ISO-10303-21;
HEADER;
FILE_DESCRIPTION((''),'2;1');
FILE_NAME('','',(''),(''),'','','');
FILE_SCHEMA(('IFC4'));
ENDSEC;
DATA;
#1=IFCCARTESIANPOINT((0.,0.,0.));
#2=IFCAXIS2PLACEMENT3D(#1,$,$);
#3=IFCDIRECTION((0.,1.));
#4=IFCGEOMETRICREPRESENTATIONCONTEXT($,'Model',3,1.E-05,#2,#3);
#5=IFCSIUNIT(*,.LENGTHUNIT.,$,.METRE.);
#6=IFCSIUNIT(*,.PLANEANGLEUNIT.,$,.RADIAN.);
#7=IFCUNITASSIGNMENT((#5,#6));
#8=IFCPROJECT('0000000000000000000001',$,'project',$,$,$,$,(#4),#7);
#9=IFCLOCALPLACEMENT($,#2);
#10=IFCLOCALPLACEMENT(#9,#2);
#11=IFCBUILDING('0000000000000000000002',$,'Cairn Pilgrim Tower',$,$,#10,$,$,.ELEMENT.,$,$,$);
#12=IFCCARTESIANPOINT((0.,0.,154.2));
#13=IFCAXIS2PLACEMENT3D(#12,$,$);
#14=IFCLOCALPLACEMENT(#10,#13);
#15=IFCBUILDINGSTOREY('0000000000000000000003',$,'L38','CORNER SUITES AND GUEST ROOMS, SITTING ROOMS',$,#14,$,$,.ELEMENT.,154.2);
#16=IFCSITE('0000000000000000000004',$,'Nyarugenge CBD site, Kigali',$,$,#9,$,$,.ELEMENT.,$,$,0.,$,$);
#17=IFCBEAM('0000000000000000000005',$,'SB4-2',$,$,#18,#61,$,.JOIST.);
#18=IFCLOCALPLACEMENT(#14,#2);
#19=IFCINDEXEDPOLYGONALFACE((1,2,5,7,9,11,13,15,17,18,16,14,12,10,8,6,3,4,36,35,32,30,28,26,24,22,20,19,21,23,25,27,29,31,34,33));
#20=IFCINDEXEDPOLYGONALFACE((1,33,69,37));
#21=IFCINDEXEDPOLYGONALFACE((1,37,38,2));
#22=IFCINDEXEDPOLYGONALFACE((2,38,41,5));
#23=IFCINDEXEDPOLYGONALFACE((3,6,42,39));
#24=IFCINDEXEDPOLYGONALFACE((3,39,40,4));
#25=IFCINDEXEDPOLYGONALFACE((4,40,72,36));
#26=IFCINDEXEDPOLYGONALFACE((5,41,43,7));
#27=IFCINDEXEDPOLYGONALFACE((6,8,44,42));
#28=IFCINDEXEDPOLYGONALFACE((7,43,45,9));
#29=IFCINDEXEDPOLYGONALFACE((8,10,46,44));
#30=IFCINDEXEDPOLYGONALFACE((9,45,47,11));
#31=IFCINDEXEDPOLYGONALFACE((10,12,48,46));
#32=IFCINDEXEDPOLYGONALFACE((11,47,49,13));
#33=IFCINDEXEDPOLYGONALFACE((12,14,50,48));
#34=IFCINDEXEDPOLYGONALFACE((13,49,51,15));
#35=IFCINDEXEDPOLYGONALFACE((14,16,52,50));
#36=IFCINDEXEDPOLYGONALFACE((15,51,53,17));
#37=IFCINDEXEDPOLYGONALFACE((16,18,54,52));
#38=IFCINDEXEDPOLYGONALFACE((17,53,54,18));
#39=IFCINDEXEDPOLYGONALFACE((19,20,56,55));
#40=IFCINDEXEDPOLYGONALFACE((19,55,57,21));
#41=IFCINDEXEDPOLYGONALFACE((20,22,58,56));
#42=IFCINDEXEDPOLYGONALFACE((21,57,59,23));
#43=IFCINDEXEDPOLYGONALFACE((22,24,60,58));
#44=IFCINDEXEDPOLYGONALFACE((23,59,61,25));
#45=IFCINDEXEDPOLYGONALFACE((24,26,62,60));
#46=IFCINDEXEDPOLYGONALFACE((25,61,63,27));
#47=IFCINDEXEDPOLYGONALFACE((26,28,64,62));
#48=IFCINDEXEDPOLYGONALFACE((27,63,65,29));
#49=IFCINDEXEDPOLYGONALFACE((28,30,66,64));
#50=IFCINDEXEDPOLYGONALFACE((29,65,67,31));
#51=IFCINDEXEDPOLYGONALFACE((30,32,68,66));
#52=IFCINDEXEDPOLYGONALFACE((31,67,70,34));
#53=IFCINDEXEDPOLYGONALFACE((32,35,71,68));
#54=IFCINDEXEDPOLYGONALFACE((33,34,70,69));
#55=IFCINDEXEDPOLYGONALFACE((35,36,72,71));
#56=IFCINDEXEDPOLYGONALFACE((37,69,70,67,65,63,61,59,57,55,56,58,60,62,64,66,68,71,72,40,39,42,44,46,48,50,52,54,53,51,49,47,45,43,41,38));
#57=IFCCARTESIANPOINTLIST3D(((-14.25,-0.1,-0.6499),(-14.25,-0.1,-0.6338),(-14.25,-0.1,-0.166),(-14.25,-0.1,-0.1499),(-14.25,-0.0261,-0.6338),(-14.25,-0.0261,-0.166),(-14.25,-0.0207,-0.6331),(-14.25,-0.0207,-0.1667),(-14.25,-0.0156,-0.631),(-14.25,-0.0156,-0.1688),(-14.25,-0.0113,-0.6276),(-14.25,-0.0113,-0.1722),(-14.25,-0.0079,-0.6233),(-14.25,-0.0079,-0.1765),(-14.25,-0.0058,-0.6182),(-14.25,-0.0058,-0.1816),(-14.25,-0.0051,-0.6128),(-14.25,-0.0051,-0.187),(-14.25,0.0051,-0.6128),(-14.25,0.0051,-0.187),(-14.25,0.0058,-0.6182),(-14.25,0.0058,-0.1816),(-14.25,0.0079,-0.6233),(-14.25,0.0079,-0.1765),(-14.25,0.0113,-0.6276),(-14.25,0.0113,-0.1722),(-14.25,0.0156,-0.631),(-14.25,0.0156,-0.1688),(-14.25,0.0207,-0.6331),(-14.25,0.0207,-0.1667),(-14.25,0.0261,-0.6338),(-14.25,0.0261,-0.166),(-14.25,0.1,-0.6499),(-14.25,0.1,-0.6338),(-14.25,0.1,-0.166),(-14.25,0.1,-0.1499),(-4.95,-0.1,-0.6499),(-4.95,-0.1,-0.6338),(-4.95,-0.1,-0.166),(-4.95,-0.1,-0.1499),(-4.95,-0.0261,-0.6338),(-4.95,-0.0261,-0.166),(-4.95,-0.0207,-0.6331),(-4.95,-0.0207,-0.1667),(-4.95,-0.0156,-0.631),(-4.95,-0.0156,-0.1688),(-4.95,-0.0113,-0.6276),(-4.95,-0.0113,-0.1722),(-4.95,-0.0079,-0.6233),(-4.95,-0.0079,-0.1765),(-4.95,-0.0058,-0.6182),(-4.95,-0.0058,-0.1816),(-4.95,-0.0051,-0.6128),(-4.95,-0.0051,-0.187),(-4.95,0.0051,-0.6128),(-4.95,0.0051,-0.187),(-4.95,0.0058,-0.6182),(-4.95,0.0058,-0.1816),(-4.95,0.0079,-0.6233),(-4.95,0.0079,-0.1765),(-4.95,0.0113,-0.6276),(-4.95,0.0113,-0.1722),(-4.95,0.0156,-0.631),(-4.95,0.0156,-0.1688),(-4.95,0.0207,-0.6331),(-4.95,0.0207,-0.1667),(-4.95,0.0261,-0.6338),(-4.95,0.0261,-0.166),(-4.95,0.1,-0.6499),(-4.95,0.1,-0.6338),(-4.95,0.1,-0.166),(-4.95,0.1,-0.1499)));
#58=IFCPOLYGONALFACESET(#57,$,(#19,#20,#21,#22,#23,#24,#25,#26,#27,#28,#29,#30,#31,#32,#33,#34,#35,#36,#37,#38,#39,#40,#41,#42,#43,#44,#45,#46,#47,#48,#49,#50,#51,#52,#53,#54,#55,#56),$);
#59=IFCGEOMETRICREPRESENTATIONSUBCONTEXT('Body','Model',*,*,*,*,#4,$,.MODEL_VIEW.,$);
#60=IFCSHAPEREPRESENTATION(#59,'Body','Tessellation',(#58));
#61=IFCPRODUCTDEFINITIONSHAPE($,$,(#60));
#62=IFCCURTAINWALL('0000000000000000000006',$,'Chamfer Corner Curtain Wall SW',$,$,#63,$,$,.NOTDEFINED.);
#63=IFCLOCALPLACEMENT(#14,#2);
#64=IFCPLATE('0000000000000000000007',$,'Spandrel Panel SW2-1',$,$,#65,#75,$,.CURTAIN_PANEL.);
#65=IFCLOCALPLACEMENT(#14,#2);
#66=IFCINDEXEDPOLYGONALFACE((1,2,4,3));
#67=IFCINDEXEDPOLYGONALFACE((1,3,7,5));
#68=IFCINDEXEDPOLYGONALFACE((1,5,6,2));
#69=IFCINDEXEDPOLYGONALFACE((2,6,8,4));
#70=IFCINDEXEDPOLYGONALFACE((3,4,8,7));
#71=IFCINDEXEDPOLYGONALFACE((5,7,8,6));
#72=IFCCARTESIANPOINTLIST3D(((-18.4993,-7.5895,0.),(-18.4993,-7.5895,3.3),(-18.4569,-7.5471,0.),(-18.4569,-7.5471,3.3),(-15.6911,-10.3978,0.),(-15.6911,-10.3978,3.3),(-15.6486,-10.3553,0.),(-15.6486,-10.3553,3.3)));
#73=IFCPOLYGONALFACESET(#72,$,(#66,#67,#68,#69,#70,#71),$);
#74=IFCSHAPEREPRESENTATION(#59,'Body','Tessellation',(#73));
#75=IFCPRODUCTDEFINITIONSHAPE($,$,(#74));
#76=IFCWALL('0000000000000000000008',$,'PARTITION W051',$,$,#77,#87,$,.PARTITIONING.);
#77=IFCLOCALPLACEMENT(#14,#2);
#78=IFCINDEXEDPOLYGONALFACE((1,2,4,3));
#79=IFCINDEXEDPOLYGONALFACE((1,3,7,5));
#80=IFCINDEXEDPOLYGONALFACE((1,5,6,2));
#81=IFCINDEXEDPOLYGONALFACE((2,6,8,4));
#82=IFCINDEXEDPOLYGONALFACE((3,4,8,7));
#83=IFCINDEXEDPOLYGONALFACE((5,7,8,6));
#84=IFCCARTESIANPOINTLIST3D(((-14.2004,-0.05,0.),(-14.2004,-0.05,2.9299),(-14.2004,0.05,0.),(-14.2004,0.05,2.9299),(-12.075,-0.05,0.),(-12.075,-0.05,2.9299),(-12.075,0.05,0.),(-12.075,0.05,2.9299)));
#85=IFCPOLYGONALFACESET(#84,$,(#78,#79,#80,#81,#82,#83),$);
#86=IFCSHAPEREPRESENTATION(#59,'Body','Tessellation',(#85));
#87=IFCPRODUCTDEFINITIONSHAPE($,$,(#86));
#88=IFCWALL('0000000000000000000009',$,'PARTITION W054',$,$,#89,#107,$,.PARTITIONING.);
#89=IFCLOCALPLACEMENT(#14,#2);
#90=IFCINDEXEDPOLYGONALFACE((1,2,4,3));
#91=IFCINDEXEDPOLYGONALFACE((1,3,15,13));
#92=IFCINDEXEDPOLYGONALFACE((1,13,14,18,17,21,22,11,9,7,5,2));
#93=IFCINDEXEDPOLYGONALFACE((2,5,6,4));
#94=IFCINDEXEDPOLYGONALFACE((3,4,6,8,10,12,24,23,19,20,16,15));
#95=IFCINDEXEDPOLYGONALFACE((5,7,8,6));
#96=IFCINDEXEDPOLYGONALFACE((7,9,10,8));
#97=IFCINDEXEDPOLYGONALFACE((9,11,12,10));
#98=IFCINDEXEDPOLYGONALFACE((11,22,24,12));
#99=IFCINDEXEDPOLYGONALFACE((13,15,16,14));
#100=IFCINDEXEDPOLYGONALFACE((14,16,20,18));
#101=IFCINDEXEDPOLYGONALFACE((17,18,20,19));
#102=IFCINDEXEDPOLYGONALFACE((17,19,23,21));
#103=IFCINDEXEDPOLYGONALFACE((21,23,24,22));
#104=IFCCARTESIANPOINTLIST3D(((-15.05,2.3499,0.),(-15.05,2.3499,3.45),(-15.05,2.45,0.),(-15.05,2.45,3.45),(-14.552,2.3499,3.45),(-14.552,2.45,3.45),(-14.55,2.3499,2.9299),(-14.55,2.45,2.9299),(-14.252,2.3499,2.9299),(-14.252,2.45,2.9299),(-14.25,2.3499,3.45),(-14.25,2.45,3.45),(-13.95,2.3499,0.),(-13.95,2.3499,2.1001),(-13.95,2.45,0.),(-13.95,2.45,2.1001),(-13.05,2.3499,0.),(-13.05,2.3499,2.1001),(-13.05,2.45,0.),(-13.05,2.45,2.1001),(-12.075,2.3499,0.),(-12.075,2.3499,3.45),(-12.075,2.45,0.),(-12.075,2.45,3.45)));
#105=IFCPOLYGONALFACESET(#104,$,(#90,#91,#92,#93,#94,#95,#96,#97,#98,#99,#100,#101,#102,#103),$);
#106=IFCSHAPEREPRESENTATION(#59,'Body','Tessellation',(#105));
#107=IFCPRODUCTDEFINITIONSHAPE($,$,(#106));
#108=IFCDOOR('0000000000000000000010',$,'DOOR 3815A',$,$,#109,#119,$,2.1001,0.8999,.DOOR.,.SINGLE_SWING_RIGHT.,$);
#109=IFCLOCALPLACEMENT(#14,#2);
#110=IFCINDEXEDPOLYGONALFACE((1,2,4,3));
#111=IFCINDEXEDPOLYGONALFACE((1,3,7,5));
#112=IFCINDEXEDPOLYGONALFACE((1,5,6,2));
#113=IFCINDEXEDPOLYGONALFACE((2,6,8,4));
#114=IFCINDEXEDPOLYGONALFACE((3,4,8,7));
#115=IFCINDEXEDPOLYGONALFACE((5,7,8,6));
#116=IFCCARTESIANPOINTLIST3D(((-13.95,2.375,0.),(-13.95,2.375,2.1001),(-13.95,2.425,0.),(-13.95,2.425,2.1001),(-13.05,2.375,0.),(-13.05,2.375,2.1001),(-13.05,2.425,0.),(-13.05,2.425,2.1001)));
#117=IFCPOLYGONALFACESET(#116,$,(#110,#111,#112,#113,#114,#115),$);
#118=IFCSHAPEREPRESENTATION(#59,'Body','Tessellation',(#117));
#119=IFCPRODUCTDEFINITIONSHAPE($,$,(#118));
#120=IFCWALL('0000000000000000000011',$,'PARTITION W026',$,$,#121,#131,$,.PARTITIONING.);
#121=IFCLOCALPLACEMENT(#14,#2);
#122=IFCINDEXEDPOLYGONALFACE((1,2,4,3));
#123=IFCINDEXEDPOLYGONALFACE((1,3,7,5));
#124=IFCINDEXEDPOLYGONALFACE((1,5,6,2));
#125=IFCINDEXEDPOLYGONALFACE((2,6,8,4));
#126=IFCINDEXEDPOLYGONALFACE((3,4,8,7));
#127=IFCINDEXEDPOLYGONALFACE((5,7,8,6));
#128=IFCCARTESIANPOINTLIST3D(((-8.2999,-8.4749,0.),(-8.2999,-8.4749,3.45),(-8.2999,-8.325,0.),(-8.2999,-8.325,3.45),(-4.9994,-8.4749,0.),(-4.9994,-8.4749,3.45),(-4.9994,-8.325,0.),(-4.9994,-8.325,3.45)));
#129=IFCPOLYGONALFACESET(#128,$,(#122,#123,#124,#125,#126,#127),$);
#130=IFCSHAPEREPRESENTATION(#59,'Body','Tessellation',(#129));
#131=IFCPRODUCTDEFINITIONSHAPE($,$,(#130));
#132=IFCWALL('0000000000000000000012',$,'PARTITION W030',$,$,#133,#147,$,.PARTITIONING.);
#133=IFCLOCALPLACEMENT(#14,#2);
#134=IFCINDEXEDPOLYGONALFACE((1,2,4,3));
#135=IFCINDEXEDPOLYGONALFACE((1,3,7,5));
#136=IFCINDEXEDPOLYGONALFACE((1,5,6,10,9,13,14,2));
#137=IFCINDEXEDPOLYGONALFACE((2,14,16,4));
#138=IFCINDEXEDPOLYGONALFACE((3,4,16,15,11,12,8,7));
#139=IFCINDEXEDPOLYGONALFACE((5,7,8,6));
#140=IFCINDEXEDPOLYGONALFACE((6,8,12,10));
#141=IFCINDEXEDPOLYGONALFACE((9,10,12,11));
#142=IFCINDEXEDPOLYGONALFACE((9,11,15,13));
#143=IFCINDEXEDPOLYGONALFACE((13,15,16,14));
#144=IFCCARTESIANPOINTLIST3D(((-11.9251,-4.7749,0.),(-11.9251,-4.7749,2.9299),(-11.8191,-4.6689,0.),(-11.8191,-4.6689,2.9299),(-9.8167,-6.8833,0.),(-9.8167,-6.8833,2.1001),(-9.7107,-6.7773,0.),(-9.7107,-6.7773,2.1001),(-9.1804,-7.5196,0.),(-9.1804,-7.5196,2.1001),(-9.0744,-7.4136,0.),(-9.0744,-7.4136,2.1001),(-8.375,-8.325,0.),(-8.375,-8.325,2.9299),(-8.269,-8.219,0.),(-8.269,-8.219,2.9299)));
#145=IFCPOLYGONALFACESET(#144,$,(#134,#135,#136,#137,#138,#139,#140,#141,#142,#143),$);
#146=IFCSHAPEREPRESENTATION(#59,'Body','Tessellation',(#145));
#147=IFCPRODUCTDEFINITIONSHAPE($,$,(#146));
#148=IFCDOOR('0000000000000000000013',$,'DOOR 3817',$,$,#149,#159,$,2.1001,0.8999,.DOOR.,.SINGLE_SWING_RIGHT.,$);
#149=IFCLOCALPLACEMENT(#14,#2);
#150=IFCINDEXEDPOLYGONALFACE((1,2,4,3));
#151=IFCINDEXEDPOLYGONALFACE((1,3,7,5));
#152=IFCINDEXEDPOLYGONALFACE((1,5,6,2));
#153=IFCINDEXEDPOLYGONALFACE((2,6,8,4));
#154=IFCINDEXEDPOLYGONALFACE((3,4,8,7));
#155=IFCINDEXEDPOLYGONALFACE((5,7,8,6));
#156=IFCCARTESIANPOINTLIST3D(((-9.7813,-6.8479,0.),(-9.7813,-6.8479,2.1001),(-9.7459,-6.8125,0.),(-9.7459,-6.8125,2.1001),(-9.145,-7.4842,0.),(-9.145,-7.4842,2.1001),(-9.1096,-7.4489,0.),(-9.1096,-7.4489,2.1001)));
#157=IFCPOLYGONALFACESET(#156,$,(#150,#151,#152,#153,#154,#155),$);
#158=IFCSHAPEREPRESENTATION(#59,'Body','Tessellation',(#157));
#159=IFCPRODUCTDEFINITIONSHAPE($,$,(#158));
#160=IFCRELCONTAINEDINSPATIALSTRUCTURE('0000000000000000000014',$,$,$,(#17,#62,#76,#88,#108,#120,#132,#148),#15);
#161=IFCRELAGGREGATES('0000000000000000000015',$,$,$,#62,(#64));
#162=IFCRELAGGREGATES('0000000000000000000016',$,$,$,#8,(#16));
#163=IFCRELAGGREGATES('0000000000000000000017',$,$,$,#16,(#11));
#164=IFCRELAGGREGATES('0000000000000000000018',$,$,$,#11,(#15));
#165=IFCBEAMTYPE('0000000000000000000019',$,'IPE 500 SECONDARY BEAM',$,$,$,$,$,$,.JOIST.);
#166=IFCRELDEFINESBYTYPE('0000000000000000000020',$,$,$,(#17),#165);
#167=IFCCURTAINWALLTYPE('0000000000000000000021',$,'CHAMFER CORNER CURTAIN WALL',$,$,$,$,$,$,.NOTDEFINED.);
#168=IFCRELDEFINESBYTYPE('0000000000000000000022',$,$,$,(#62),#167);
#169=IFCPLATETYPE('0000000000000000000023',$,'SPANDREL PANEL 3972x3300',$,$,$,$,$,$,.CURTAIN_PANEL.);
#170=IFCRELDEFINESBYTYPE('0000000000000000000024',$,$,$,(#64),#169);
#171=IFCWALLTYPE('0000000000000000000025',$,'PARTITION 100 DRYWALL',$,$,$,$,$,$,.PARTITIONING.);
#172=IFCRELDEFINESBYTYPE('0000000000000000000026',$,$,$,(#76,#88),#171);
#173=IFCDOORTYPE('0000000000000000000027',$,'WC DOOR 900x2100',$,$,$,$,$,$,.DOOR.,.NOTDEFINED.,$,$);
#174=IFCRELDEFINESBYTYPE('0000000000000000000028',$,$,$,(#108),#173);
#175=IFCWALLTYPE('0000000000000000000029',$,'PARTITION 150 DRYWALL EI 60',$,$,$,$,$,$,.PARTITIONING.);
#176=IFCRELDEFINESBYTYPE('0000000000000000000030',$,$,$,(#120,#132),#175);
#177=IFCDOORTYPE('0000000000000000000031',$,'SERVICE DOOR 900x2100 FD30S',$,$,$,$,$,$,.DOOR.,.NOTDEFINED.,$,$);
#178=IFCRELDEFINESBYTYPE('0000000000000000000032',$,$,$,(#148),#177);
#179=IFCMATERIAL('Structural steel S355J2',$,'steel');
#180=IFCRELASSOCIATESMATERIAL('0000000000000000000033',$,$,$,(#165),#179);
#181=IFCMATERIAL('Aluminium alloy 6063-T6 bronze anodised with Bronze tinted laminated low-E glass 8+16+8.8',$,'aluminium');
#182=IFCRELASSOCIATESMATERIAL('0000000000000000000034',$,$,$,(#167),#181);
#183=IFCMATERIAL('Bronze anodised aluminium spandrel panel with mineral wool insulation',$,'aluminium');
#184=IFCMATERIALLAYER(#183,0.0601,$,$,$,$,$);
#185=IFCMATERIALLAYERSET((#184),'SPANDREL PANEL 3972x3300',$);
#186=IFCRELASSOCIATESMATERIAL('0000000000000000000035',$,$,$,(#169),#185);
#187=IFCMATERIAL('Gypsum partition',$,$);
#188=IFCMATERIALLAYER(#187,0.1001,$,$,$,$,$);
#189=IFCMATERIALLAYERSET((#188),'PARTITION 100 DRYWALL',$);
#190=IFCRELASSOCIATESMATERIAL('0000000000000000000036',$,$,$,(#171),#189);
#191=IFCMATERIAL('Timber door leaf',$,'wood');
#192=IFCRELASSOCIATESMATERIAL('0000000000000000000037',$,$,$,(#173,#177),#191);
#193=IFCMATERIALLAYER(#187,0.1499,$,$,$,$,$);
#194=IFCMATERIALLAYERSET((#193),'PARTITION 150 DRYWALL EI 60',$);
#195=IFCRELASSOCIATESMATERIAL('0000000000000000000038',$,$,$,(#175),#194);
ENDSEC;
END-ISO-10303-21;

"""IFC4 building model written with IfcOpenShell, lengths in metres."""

from ifc_helpers import new_model, si_unit, direction, frame, frame_2d, origin, origin_2d, place, context, subcontext, project, spatial, polyline, rectangle, i_section, outline, extrude, material, layer, layer_set, material_profile, profile_set, type_object, element, fill, aggregate, save


model = new_model("IFC4")

# Units and contexts
model_context = context("Model", 3, precision=1e-05, world=origin(), true_north=direction((0.0, 1.0)))
body_context = subcontext(model_context, "Body", "Model", "MODEL_VIEW")
ifc_project = project(units=[si_unit("LENGTHUNIT", "METRE"), si_unit("PLANEANGLEUNIT", "RADIAN")], contexts=[model_context])

# Site, building, storey
site_placement = place(None, origin())
site = spatial("IfcSite", under=ifc_project, at=site_placement, Name="Nyarugenge CBD site, Kigali", CompositionType="ELEMENT", RefElevation=0.0)
building_placement = place(site_placement, origin())
building = spatial("IfcBuilding", under=site, at=building_placement, Name="Cairn Pilgrim Tower", CompositionType="ELEMENT")
storey_placement = place(building_placement, frame((0.0, 0.0, 154.2)))
storey = spatial("IfcBuildingStorey", under=building, at=storey_placement, Name="L38", Description="CORNER SUITES AND GUEST ROOMS, SITTING ROOMS", CompositionType="ELEMENT", Elevation=154.2)

# Shared definitions
ifc_material_1 = material(Name="Structural steel S355J2", Category="steel")

# Beam
ifc_material_profile_1 = material_profile(ifc_material_1, i_section(OverallWidth=0.2, OverallDepth=0.5, WebThickness=0.0103, FlangeThickness=0.0161, FilletRadius=0.021, at=origin_2d()), Name="IPE 500")
ifc_profile_set_1 = profile_set([ifc_material_profile_1], Name="Structural steel S355J2")
beam_type_1 = type_object("IfcBeamType", Name="IPE 500 SECONDARY BEAM", PredefinedType="JOIST", material=ifc_profile_set_1)
for number, where, z_axis, x_axis, name in (
    (1, (-14.25, 0.0, -0.3999), (1.0, 0.0, 0.0), (0.0, 1.0, 0.0), "SB4-2"),
):
    element("IfcBeam", number, at=place(storey_placement, frame(where, z_axis=z_axis, x_axis=x_axis)), inside=storey, type_object=beam_type_1, Name=name, PredefinedType="JOIST", context=body_context, shape_type="SweptSolid", body=[
        extrude(i_section(OverallWidth=0.2, OverallDepth=0.5, WebThickness=0.0103, FlangeThickness=0.0161, FilletRadius=0.021, at=origin_2d()), origin(), (0.0, 0.0, 1.0), 9.3),
    ])

# Curtain wall, plate
ifc_material_2 = material(Name="Aluminium alloy 6063-T6 bronze anodised with Bronze tinted laminated low-E glass 8+16+8.8", Category="aluminium")
curtain_wall_type = type_object("IfcCurtainWallType", Name="CHAMFER CORNER CURTAIN WALL", PredefinedType="NOTDEFINED", material=ifc_material_2)
curtain_wall_placement = place(storey_placement, origin())
curtain_wall = element("IfcCurtainWall", 2, at=curtain_wall_placement, inside=storey, type_object=curtain_wall_type, Name="Chamfer Corner Curtain Wall SW", PredefinedType="NOTDEFINED")
ifc_material_3 = material(Name="Bronze anodised aluminium spandrel panel with mineral wool insulation", Category="aluminium")
ifc_layer_1 = layer(ifc_material_3, 0.0601)
ifc_layer_set_1 = layer_set([ifc_layer_1], Name="SPANDREL PANEL 3972x3300")
plate_type = type_object("IfcPlateType", Name="SPANDREL PANEL 3972x3300", PredefinedType="CURTAIN_PANEL", material=ifc_layer_set_1)
plate_placement = place(storey_placement, frame((-17.074, -8.9724, 0.0), z_axis=(0.0, 0.0, 1.0), x_axis=(0.707107, -0.707107, 0.0)))
plate = element("IfcPlate", 3, at=plate_placement, type_object=plate_type, Name="Spandrel Panel SW2-1", PredefinedType="CURTAIN_PANEL", context=body_context, shape_type="SweptSolid", body=[
    extrude(rectangle(XDim=3.9714, YDim=0.0601, at=origin_2d()), origin(), (0.0, 0.0, 1.0), 3.3),
])
aggregate(curtain_wall, [plate])

# Wall
ifc_material_4 = material(Name="Gypsum partition")
ifc_layer_2 = layer(ifc_material_4, 0.1001)
ifc_layer_set_2 = layer_set([ifc_layer_2], Name="PARTITION 100 DRYWALL")
wall_type_1 = type_object("IfcWallType", Name="PARTITION 100 DRYWALL", PredefinedType="PARTITIONING", material=ifc_layer_set_2)
wall_1_placement = place(storey_placement, frame((-14.2004, 0.0, 0.0), z_axis=(0.0, 0.0, 1.0), x_axis=(1.0, 0.0, 0.0)))
element("IfcWall", 4, at=wall_1_placement, inside=storey, type_object=wall_type_1, Name="PARTITION W051", PredefinedType="PARTITIONING", context=body_context, shape_type="SweptSolid", body=[
    extrude(rectangle(XDim=2.1255, YDim=0.1001, at=frame_2d((1.0627, 0.0))), origin(), (0.0, 0.0, 1.0), 2.9299),
])

# Wall, opening, door
wall_2_placement = place(storey_placement, frame((-15.05, 2.3999, 0.0), z_axis=(0.0, 0.0, 1.0), x_axis=(1.0, 0.0, 0.0)))
wall_2 = element("IfcWall", 5, at=wall_2_placement, inside=storey, type_object=wall_type_1, Name="PARTITION W054", PredefinedType="PARTITIONING", context=body_context, shape_type="SweptSolid", body=[
    extrude(outline(polyline([(0.0, 0.0), (2.9751, 0.0), (2.9751, 3.45), (0.8, 3.45), (0.7981, 2.9299), (0.5, 2.9299), (0.498, 3.45), (0.0, 3.45), (0.0, 0.0)])), frame((0.0, 0.05, 0.0), z_axis=(0.0, -1.0, 0.0), x_axis=(1.0, 0.0, 0.0)), (0.0, 0.0, 1.0), 0.1001),
])
opening_1_placement = place(wall_2_placement, frame((1.1001, 0.0, 0.0)))
opening_1 = element("IfcOpeningElement", 6, at=opening_1_placement, cuts=wall_2, PredefinedType="OPENING", context=body_context, shape_type="SweptSolid", body=[
    extrude(rectangle(XDim=0.8999, YDim=2.1001, at=frame_2d((0.45, 1.05))), frame((0.0, 0.0601, 0.0), z_axis=(0.0, -1.0, 0.0), x_axis=(1.0, 0.0, 0.0)), (0.0, 0.0, 1.0), 0.1201),
])
ifc_material_5 = material(Name="Timber door leaf", Category="wood")
door_type_1 = type_object("IfcDoorType", Name="WC DOOR 900x2100", OperationType="NOTDEFINED", PredefinedType="DOOR", material=ifc_material_5)
door_1_placement = place(opening_1_placement, frame((0.8999, 0.0, 0.0), z_axis=(0.0, 0.0, 1.0), x_axis=(-1.0, 0.0, 0.0)))
door_1 = element("IfcDoor", 7, at=door_1_placement, inside=storey, type_object=door_type_1, Name="DOOR 3815A", OperationType="SINGLE_SWING_RIGHT", OverallHeight=2.1001, OverallWidth=0.8999, PredefinedType="DOOR", context=body_context, shape_type="SweptSolid", body=[
    extrude(rectangle(XDim=0.8999, YDim=2.1001, at=frame_2d((0.45, 1.05))), frame((0.0, 0.0249, 0.0), z_axis=(0.0, -1.0, 0.0), x_axis=(1.0, 0.0, 0.0)), (0.0, 0.0, 1.0), 0.05),
])
fill(opening_1, door_1)

# Wall
ifc_layer_3 = layer(ifc_material_4, 0.1499)
ifc_layer_set_3 = layer_set([ifc_layer_3], Name="PARTITION 150 DRYWALL EI 60")
wall_type_2 = type_object("IfcWallType", Name="PARTITION 150 DRYWALL EI 60", PredefinedType="PARTITIONING", material=ifc_layer_set_3)
wall_3_placement = place(storey_placement, frame((-8.3, -8.3999, 0.0), z_axis=(0.0, 0.0, 1.0), x_axis=(1.0, 0.0, 0.0)))
element("IfcWall", 8, at=wall_3_placement, inside=storey, type_object=wall_type_2, Name="PARTITION W026", PredefinedType="PARTITIONING", context=body_context, shape_type="SweptSolid", body=[
    extrude(rectangle(XDim=3.3005, YDim=0.1499, at=frame_2d((1.6504, 0.0))), origin(), (0.0, 0.0, 1.0), 3.45),
])

# Wall, opening, door
wall_4_placement = place(storey_placement, frame((-8.322, -8.272, 0.0), z_axis=(0.0, 0.0, 1.0), x_axis=(-0.707107, 0.707107, 0.0)))
wall_4 = element("IfcWall", 9, at=wall_4_placement, inside=storey, type_object=wall_type_2, Name="PARTITION W030", PredefinedType="PARTITIONING", context=body_context, shape_type="SweptSolid", body=[
    extrude(rectangle(XDim=5.0205, YDim=0.1499, at=frame_2d((2.5103, 0.0))), origin(), (0.0, 0.0, 1.0), 2.9299),
])
opening_2_placement = place(wall_4_placement, frame((1.1389, 0.0, 0.0)))
opening_2 = element("IfcOpeningElement", 10, at=opening_2_placement, cuts=wall_4, PredefinedType="OPENING", context=body_context, shape_type="SweptSolid", body=[
    extrude(rectangle(XDim=0.8999, YDim=2.1001, at=frame_2d((0.45, 1.05))), frame((0.0, 0.085, 0.0), z_axis=(0.0, -1.0, 0.0), x_axis=(1.0, 0.0, 0.0)), (0.0, 0.0, 1.0), 0.1699),
])
door_type_2 = type_object("IfcDoorType", Name="SERVICE DOOR 900x2100 FD30S", OperationType="NOTDEFINED", PredefinedType="DOOR", material=ifc_material_5)
door_2_placement = place(opening_2_placement, origin())
door_2 = element("IfcDoor", 11, at=door_2_placement, inside=storey, type_object=door_type_2, Name="DOOR 3817", OperationType="SINGLE_SWING_RIGHT", OverallHeight=2.1001, OverallWidth=0.8999, PredefinedType="DOOR", context=body_context, shape_type="SweptSolid", body=[
    extrude(rectangle(XDim=0.8999, YDim=2.1001, at=frame_2d((0.45, 1.05))), frame((0.0, 0.0249, 0.0), z_axis=(0.0, -1.0, 0.0), x_axis=(1.0, 0.0, 0.0)), (0.0, 0.0, 1.0), 0.05),
])
fill(opening_2, door_2)

save(model, "model.ifc")
